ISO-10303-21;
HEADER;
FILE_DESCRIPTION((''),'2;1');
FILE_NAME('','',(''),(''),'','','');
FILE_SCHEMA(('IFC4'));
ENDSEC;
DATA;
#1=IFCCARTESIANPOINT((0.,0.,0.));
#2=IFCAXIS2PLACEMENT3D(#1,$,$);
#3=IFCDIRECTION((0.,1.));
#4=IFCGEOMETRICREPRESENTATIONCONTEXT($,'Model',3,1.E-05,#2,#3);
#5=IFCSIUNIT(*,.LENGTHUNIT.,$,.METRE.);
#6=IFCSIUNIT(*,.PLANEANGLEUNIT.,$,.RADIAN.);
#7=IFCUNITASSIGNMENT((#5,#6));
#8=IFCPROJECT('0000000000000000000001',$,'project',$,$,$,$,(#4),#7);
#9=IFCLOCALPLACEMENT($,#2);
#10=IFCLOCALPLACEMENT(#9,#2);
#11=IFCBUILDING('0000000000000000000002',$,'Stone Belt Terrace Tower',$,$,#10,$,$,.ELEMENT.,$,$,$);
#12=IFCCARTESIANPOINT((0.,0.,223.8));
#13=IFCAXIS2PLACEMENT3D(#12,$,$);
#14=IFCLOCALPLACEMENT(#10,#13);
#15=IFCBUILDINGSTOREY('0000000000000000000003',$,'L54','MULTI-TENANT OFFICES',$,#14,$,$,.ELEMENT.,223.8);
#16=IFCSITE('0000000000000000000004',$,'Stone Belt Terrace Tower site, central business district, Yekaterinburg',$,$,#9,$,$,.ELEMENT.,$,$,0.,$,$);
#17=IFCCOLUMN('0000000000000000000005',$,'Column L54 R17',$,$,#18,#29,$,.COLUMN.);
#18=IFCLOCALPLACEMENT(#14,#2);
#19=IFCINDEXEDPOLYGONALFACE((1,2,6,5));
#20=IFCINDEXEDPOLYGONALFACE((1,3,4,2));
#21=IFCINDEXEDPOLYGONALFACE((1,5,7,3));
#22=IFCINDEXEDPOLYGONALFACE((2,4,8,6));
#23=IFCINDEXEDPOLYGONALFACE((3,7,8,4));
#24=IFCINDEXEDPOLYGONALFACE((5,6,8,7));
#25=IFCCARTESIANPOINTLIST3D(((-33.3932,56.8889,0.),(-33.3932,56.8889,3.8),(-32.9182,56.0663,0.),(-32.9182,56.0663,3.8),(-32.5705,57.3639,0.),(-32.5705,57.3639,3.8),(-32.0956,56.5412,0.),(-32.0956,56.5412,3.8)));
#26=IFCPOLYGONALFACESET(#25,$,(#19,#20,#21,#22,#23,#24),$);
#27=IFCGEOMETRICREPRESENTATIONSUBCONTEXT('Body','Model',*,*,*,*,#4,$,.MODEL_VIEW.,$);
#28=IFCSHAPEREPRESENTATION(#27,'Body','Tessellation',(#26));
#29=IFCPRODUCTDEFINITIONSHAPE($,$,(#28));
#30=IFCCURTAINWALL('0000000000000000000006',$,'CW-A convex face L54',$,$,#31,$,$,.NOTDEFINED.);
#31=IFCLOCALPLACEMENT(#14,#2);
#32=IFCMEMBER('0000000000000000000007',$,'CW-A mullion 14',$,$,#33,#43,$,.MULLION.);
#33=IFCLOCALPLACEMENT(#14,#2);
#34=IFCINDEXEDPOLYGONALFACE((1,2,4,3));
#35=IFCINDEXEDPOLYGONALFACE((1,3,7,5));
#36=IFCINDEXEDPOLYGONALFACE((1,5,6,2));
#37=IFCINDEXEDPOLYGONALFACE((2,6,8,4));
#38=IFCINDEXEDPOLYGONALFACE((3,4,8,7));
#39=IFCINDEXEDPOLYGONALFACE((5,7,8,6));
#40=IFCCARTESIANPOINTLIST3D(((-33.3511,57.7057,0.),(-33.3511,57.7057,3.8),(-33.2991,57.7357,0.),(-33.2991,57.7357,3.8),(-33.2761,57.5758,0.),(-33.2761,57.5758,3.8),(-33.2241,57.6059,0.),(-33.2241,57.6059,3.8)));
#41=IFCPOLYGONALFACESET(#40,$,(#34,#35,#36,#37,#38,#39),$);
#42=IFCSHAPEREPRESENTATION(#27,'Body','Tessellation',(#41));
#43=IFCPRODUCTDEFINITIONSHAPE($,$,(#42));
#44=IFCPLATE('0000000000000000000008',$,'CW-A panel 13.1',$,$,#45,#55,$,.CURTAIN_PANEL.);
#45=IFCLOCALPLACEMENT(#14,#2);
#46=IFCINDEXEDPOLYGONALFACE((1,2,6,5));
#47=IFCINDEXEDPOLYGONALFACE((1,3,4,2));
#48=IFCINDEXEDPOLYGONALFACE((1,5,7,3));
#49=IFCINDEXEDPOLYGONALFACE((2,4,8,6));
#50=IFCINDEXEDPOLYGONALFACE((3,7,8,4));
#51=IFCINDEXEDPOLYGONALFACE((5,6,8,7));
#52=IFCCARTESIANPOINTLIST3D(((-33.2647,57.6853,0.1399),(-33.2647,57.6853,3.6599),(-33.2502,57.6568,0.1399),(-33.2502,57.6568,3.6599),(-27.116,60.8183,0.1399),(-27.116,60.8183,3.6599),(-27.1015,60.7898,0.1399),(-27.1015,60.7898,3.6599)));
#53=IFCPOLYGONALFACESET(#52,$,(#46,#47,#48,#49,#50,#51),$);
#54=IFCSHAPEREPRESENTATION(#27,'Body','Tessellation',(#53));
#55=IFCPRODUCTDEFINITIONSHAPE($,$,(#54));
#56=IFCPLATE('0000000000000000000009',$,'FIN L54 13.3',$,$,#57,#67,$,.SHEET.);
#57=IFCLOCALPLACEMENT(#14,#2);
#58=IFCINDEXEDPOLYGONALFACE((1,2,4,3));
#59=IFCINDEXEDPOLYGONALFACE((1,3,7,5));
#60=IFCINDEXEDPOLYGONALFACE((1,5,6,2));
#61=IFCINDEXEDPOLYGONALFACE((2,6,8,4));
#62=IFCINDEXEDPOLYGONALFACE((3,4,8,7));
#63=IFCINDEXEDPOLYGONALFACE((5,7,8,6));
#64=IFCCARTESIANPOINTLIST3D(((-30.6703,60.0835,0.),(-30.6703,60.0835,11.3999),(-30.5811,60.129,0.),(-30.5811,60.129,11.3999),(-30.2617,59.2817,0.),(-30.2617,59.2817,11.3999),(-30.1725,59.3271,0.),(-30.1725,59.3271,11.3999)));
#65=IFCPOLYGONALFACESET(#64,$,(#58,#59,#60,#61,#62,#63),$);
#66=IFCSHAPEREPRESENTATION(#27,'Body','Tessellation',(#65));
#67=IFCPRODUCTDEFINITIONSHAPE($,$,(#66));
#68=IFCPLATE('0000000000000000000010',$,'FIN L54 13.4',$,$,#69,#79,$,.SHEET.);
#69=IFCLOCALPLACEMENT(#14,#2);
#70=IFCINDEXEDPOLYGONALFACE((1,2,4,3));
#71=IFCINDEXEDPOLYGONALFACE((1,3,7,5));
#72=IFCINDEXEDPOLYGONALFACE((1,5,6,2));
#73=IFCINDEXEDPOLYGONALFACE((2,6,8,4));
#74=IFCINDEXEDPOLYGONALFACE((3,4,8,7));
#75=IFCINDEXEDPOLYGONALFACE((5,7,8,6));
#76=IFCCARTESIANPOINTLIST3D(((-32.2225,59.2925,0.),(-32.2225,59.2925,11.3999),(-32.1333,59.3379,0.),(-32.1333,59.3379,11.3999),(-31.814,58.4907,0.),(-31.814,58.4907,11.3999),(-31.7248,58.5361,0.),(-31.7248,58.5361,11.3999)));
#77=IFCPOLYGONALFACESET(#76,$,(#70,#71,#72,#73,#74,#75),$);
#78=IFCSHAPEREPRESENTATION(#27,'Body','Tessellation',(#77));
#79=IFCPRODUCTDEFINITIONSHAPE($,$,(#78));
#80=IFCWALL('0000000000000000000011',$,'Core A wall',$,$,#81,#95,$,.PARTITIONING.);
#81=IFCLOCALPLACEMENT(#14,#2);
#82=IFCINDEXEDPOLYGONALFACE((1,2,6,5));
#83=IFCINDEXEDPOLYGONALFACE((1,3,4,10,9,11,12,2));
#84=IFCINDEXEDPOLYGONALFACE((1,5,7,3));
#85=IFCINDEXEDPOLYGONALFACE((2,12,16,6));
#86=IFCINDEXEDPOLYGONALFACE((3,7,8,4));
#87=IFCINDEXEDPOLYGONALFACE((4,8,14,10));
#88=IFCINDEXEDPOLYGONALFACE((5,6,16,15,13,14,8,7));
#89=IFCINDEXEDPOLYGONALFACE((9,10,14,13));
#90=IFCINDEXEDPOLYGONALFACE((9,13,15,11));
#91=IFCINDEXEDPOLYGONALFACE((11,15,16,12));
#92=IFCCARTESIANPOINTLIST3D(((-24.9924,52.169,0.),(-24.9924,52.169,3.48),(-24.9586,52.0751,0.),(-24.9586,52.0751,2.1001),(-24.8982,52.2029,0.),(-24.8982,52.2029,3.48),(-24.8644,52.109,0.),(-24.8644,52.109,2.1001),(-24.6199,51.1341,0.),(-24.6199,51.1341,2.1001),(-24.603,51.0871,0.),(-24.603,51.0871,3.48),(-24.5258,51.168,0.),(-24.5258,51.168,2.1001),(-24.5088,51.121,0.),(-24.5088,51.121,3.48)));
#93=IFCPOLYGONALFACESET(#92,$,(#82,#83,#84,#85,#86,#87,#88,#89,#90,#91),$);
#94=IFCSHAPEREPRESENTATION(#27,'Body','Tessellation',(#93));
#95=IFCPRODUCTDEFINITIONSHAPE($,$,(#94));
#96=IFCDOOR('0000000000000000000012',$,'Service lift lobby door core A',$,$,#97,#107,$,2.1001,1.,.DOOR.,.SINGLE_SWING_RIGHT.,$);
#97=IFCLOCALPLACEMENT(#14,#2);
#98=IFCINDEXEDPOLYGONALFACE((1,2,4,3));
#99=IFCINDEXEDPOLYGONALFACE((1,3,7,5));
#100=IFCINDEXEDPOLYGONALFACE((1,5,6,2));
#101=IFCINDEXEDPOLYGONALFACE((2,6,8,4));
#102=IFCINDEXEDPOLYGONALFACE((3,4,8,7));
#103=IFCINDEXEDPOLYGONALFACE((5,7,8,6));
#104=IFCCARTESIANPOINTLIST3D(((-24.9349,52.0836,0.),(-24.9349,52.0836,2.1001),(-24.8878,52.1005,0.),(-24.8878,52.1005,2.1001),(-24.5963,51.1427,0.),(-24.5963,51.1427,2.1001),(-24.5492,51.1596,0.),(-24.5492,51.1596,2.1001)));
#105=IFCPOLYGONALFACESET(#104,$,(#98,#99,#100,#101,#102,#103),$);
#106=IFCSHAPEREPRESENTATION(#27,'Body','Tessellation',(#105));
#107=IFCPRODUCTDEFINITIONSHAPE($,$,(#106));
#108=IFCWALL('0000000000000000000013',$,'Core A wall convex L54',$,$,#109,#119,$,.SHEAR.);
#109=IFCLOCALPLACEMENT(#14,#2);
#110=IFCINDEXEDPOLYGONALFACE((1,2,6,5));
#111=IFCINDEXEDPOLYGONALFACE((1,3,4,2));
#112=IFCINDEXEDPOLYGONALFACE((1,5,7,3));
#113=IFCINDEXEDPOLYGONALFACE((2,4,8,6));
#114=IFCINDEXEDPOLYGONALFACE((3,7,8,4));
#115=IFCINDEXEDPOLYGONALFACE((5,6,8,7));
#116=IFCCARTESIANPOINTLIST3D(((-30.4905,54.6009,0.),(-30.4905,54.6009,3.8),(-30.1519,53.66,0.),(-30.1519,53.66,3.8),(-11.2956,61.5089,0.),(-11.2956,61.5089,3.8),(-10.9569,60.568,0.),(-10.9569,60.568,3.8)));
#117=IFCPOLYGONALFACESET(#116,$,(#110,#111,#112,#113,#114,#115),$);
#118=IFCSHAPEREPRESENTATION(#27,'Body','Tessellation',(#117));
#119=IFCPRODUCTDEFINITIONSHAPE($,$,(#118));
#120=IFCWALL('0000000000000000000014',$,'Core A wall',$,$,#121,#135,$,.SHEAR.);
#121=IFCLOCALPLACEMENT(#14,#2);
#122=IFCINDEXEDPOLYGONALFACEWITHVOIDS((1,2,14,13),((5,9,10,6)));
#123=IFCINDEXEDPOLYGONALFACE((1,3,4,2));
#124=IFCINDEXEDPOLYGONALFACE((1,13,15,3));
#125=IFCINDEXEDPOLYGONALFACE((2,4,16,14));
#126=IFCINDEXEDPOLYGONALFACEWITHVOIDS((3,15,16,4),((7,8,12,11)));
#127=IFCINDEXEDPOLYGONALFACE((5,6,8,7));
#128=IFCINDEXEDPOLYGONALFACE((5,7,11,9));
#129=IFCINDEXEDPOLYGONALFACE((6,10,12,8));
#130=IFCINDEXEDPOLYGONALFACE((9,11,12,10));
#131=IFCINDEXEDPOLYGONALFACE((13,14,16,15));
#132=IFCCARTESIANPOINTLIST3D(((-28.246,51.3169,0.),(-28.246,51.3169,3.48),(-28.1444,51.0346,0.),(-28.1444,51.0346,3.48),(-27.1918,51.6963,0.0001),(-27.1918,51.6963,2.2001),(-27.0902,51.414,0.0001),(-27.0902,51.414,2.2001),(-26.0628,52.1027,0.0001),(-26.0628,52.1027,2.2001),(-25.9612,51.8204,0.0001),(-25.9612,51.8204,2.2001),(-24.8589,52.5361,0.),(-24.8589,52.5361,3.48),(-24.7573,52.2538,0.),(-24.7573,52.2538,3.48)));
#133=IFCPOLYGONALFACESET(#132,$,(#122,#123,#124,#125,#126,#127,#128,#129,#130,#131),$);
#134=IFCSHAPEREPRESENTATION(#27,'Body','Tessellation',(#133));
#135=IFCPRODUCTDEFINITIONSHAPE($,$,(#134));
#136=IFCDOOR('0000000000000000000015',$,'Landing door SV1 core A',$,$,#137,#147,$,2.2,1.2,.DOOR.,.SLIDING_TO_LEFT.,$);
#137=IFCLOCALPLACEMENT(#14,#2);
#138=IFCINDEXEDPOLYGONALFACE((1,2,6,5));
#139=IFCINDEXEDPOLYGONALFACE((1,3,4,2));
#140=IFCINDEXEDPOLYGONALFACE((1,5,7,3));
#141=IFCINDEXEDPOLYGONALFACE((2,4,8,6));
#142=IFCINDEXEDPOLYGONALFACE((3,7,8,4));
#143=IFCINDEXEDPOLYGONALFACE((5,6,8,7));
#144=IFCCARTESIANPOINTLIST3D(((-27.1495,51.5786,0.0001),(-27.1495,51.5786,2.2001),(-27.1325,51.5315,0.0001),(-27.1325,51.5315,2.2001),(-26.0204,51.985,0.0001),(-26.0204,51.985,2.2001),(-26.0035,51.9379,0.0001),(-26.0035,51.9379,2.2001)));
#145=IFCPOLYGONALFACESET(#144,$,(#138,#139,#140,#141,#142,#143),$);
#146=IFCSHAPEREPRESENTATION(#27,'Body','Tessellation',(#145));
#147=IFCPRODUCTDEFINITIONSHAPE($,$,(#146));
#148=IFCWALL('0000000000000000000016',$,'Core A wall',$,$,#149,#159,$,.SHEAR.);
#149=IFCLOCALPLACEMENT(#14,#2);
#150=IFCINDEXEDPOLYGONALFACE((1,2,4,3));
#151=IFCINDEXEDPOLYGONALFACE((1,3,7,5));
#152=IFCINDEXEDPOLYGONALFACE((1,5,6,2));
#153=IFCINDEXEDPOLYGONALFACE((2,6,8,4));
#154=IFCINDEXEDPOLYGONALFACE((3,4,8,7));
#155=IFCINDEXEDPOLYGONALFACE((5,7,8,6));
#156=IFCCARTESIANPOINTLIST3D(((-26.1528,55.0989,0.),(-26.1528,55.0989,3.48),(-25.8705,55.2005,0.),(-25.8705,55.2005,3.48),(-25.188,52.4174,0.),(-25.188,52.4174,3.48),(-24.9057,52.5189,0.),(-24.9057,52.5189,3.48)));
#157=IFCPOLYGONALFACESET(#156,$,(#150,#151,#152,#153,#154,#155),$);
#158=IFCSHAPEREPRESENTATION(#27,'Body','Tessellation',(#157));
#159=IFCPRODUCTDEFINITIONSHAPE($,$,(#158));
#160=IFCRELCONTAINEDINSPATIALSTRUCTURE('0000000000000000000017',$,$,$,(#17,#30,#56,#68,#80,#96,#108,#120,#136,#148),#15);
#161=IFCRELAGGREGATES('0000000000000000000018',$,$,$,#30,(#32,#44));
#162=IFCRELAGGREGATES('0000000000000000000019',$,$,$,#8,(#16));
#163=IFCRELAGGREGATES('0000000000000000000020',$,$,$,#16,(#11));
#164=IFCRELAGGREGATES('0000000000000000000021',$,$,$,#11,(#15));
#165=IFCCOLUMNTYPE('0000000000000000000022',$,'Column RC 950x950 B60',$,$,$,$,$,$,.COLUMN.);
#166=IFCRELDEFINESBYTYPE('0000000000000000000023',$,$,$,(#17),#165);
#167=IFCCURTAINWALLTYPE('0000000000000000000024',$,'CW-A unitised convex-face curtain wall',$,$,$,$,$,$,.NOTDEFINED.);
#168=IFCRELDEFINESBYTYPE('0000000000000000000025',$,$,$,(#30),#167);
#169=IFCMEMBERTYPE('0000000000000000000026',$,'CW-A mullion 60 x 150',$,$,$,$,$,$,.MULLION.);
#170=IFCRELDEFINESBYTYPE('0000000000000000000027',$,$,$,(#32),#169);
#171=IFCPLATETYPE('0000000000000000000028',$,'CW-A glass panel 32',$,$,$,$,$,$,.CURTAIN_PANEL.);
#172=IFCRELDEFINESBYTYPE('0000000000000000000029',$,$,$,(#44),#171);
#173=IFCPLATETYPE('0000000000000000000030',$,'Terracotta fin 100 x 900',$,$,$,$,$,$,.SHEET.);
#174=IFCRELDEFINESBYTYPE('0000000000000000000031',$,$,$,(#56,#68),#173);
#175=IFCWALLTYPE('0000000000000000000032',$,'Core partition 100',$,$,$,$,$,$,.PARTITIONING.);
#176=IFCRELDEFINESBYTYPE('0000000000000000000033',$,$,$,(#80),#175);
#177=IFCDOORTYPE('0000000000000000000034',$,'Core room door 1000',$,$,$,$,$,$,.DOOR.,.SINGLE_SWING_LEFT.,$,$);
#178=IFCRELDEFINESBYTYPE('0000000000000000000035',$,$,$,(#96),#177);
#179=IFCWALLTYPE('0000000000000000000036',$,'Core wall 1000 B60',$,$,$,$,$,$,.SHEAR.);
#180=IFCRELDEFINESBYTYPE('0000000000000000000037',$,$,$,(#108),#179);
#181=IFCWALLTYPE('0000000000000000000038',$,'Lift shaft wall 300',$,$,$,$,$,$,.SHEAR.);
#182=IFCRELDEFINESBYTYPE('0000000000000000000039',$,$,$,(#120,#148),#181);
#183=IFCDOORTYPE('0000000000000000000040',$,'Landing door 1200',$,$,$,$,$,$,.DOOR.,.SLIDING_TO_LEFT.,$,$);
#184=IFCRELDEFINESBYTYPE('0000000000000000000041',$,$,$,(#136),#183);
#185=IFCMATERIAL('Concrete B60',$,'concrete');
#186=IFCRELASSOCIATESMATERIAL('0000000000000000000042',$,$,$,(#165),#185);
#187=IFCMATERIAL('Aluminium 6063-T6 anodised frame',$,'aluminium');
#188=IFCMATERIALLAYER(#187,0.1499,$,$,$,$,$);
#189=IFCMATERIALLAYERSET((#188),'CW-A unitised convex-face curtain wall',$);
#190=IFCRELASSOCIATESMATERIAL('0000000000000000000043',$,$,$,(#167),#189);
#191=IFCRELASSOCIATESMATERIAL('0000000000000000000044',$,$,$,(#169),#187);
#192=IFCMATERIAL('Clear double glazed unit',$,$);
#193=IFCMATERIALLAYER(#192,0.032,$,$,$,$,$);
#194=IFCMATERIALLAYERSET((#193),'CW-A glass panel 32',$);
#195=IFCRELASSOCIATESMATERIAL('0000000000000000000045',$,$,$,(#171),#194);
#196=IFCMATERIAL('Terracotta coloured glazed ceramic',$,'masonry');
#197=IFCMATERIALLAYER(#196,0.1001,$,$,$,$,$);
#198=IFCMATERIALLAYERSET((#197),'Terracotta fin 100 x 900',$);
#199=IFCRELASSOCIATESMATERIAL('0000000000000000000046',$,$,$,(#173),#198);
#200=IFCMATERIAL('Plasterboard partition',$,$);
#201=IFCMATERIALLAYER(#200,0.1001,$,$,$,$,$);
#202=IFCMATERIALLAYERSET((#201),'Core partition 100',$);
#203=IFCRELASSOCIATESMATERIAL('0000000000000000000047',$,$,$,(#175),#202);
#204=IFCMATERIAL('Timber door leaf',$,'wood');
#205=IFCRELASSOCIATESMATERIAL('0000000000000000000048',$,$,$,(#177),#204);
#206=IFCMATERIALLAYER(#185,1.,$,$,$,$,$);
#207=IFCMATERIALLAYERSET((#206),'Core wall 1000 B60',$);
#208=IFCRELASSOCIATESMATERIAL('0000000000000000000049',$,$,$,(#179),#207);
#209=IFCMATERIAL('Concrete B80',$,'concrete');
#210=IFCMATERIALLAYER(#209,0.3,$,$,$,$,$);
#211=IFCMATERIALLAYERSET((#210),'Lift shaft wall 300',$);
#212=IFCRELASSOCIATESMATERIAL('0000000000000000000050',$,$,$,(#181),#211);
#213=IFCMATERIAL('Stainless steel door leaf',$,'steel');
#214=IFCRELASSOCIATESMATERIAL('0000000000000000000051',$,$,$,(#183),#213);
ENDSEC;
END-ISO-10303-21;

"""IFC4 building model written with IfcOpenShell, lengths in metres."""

from ifc_helpers import new_model, si_unit, direction, frame, frame_2d, origin, origin_2d, place, context, subcontext, project, spatial, rectangle, extrude, material, layer, layer_set, material_profile, profile_set, type_object, element, fill, aggregate, save


model = new_model("IFC4")

# Units and contexts
model_context = context("Model", 3, precision=1e-05, world=origin(), true_north=direction((0.0, 1.0)))
body_context = subcontext(model_context, "Body", "Model", "MODEL_VIEW")
ifc_project = project(units=[si_unit("LENGTHUNIT", "METRE"), si_unit("PLANEANGLEUNIT", "RADIAN")], contexts=[model_context])

# Site, building, storey
site_placement = place(None, origin())
site = spatial("IfcSite", under=ifc_project, at=site_placement, Name="Stone Belt Terrace Tower site, central business district, Yekaterinburg", CompositionType="ELEMENT", RefElevation=0.0)
building_placement = place(site_placement, origin())
building = spatial("IfcBuilding", under=site, at=building_placement, Name="Stone Belt Terrace Tower", CompositionType="ELEMENT")
storey_placement = place(building_placement, frame((0.0, 0.0, 223.8)))
storey = spatial("IfcBuildingStorey", under=building, at=storey_placement, Name="L54", Description="MULTI-TENANT OFFICES", CompositionType="ELEMENT", Elevation=223.8)

# Column
ifc_material_1 = material(Name="Concrete B60", Category="concrete")
ifc_material_profile_1 = material_profile(ifc_material_1, rectangle(XDim=0.95, YDim=0.95, at=origin_2d()), Name="RC 950x950")
ifc_profile_set_1 = profile_set([ifc_material_profile_1], Name="Concrete B60")
column_type = type_object("IfcColumnType", Name="Column RC 950x950 B60", PredefinedType="COLUMN", material=ifc_profile_set_1)
column_placement = place(storey_placement, frame((-32.7444, 56.7151, 0.0), z_axis=(0.0, 0.0, 1.0), x_axis=(0.866025, 0.5, 0.0)))
element("IfcColumn", 1, at=column_placement, inside=storey, type_object=column_type, Name="Column L54 R17", PredefinedType="COLUMN", context=body_context, shape_type="SweptSolid", body=[
    extrude(rectangle(XDim=0.95, YDim=0.95, at=origin_2d()), origin(), (0.0, 0.0, 1.0), 3.8),
])

# Curtain wall, member, plate
ifc_material_2 = material(Name="Aluminium 6063-T6 anodised frame", Category="aluminium")
ifc_layer_1 = layer(ifc_material_2, 0.1499)
ifc_layer_set_1 = layer_set([ifc_layer_1], Name="CW-A unitised convex-face curtain wall")
curtain_wall_type = type_object("IfcCurtainWallType", Name="CW-A unitised convex-face curtain wall", PredefinedType="NOTDEFINED", material=ifc_layer_set_1)
curtain_wall_placement = place(storey_placement, origin())
curtain_wall = element("IfcCurtainWall", 2, at=curtain_wall_placement, inside=storey, type_object=curtain_wall_type, Name="CW-A convex face L54", PredefinedType="NOTDEFINED")
ifc_material_profile_2 = material_profile(ifc_material_2, rectangle(XDim=0.1499, YDim=0.0601, at=origin_2d()), Name="Aluminium 6063-T6 60x150")
ifc_profile_set_2 = profile_set([ifc_material_profile_2], Name="Aluminium 6063-T6 anodised frame")
member_type = type_object("IfcMemberType", Name="CW-A mullion 60 x 150", PredefinedType="MULLION", material=ifc_profile_set_2)
member_placement = place(storey_placement, frame((-33.2876, 57.6558, 0.0), z_axis=(0.0, 0.0, 1.0), x_axis=(0.5, -0.866025, 0.0)))
member = element("IfcMember", 3, at=member_placement, type_object=member_type, Name="CW-A mullion 14", PredefinedType="MULLION", context=body_context, shape_type="SweptSolid", body=[
    extrude(rectangle(XDim=0.1499, YDim=0.0601, at=origin_2d()), origin(), (0.0, 0.0, 1.0), 3.8),
])
ifc_material_3 = material(Name="Clear double glazed unit")
ifc_layer_2 = layer(ifc_material_3, 0.032)
ifc_layer_set_2 = layer_set([ifc_layer_2], Name="CW-A glass panel 32")
plate_type_1 = type_object("IfcPlateType", Name="CW-A glass panel 32", PredefinedType="CURTAIN_PANEL", material=ifc_layer_set_2)
plate_placement = place(storey_placement, frame((-30.1831, 59.2375, 0.1399), z_axis=(0.0, 0.0, 1.0), x_axis=(-0.891007, -0.45399, 0.0)))
plate = element("IfcPlate", 4, at=plate_placement, type_object=plate_type_1, Name="CW-A panel 13.1", PredefinedType="CURTAIN_PANEL", context=body_context, shape_type="SweptSolid", body=[
    extrude(rectangle(XDim=6.9009, YDim=0.032, at=origin_2d()), origin(), (0.0, 0.0, 1.0), 3.52),
])
aggregate(curtain_wall, [member, plate])

# Plates
ifc_material_4 = material(Name="Terracotta coloured glazed ceramic", Category="masonry")
ifc_layer_3 = layer(ifc_material_4, 0.1001)
ifc_layer_set_3 = layer_set([ifc_layer_3], Name="Terracotta fin 100 x 900")
plate_type_2 = type_object("IfcPlateType", Name="Terracotta fin 100 x 900", PredefinedType="SHEET", material=ifc_layer_set_3)
for number, where, z_axis, x_axis, name in (
    (5, (-30.4214, 59.7053, 0.0), (0.0, 0.0, 1.0), (-0.45399, 0.891007, 0.0), "FIN L54 13.3"),
    (6, (-31.9736, 58.9143, 0.0), (0.0, 0.0, 1.0), (-0.45399, 0.891007, 0.0), "FIN L54 13.4"),
):
    element("IfcPlate", number, at=place(storey_placement, frame(where, z_axis=z_axis, x_axis=x_axis)), inside=storey, type_object=plate_type_2, Name=name, PredefinedType="SHEET", context=body_context, shape_type="SweptSolid", body=[
        extrude(rectangle(XDim=0.8999, YDim=0.1001, at=origin_2d()), origin(), (0.0, 0.0, 1.0), 11.3999),
    ])

# Wall, opening, door
ifc_material_5 = material(Name="Plasterboard partition")
ifc_layer_4 = layer(ifc_material_5, 0.1001)
ifc_layer_set_4 = layer_set([ifc_layer_4], Name="Core partition 100")
wall_type_1 = type_object("IfcWallType", Name="Core partition 100", PredefinedType="PARTITIONING", material=ifc_layer_set_4)
wall_1_placement = place(storey_placement, frame((-24.5559, 51.104, 0.0), z_axis=(0.0, 0.0, 1.0), x_axis=(-0.338622, 0.940923, 0.0)))
wall_1 = element("IfcWall", 7, at=wall_1_placement, inside=storey, type_object=wall_type_1, Name="Core A wall", PredefinedType="PARTITIONING", context=body_context, shape_type="SweptSolid", body=[
    extrude(rectangle(XDim=1.1499, YDim=0.1001, at=frame_2d((0.575, 0.0))), origin(), (0.0, 0.0, 1.0), 3.48),
])
opening_1_placement = place(wall_1_placement, frame((0.05, 0.0, 0.0)))
opening_1 = element("IfcOpeningElement", 8, at=opening_1_placement, cuts=wall_1, PredefinedType="OPENING", context=body_context, shape_type="SweptSolid", body=[
    extrude(rectangle(XDim=1.0, YDim=2.1001, at=frame_2d((0.5, 1.05))), frame((0.0, 0.0601, 0.0), z_axis=(0.0, -1.0, 0.0), x_axis=(1.0, 0.0, 0.0)), (0.0, 0.0, 1.0), 0.1201),
])
ifc_material_6 = material(Name="Timber door leaf", Category="wood")
door_type_1 = type_object("IfcDoorType", Name="Core room door 1000", OperationType="SINGLE_SWING_LEFT", PredefinedType="DOOR", material=ifc_material_6)
door_1_placement = place(opening_1_placement, origin())
door_1 = element("IfcDoor", 9, at=door_1_placement, inside=storey, type_object=door_type_1, Name="Service lift lobby door core A", OperationType="SINGLE_SWING_RIGHT", OverallHeight=2.1001, OverallWidth=1.0, PredefinedType="DOOR", context=body_context, shape_type="SweptSolid", body=[
    extrude(rectangle(XDim=1.0, YDim=2.1001, at=frame_2d((0.5, 1.05))), frame((0.0, 0.0249, 0.0), z_axis=(0.0, -1.0, 0.0), x_axis=(1.0, 0.0, 0.0)), (0.0, 0.0, 1.0), 0.05),
])
fill(opening_1, door_1)

# Wall
ifc_layer_5 = layer(ifc_material_1, 1.0)
ifc_layer_set_5 = layer_set([ifc_layer_5], Name="Core wall 1000 B60")
wall_type_2 = type_object("IfcWallType", Name="Core wall 1000 B60", PredefinedType="SHEAR", material=ifc_layer_set_5)
wall_2_placement = place(storey_placement, frame((-30.3213, 54.1304, 0.0), z_axis=(0.0, 0.0, 1.0), x_axis=(0.940921, 0.338625, 0.0)))
element("IfcWall", 10, at=wall_2_placement, inside=storey, type_object=wall_type_2, Name="Core A wall convex L54", PredefinedType="SHEAR", context=body_context, shape_type="SweptSolid", body=[
    extrude(rectangle(XDim=20.4001, YDim=1.0, at=frame_2d((10.2002, 0.0))), origin(), (0.0, 0.0, 1.0), 3.8),
])

# Wall, opening, door
ifc_material_7 = material(Name="Concrete B80", Category="concrete")
ifc_layer_6 = layer(ifc_material_7, 0.3)
ifc_layer_set_6 = layer_set([ifc_layer_6], Name="Lift shaft wall 300")
wall_type_3 = type_object("IfcWallType", Name="Lift shaft wall 300", PredefinedType="SHEAR", material=ifc_layer_set_6)
wall_3_placement = place(storey_placement, frame((-28.1951, 51.1758, 0.0), z_axis=(0.0, 0.0, 1.0), x_axis=(0.940901, 0.338681, 0.0)))
wall_3 = element("IfcWall", 11, at=wall_3_placement, inside=storey, type_object=wall_type_3, Name="Core A wall", PredefinedType="SHEAR", context=body_context, shape_type="SweptSolid", body=[
    extrude(rectangle(XDim=3.5999, YDim=0.3, at=frame_2d((1.7998, 0.0))), origin(), (0.0, 0.0, 1.0), 3.48),
])
opening_2_placement = place(wall_3_placement, frame((1.1201, 0.0, 0.0)))
opening_2 = element("IfcOpeningElement", 12, at=opening_2_placement, cuts=wall_3, PredefinedType="OPENING", context=body_context, shape_type="SweptSolid", body=[
    extrude(rectangle(XDim=1.2, YDim=2.2, at=frame_2d((0.6001, 1.1001))), frame((0.0, 0.1599, 0.0), z_axis=(0.0, -1.0, 0.0), x_axis=(1.0, 0.0, 0.0)), (0.0, 0.0, 1.0), 0.3201),
])
ifc_material_8 = material(Name="Stainless steel door leaf", Category="steel")
door_type_2 = type_object("IfcDoorType", Name="Landing door 1200", OperationType="SLIDING_TO_LEFT", PredefinedType="DOOR", material=ifc_material_8)
door_2_placement = place(opening_2_placement, origin())
door_2 = element("IfcDoor", 13, at=door_2_placement, inside=storey, type_object=door_type_2, Name="Landing door SV1 core A", OperationType="SLIDING_TO_LEFT", OverallHeight=2.2, OverallWidth=1.2, PredefinedType="DOOR", context=body_context, shape_type="SweptSolid", body=[
    extrude(rectangle(XDim=1.2, YDim=2.2, at=frame_2d((0.6001, 1.1001))), frame((0.0, 0.0249, 0.0), z_axis=(0.0, -1.0, 0.0), x_axis=(1.0, 0.0, 0.0)), (0.0, 0.0, 1.0), 0.05),
])
fill(opening_2, door_2)

# Wall
wall_4_placement = place(storey_placement, frame((-25.0469, 52.4683, 0.0), z_axis=(0.0, 0.0, 1.0), x_axis=(-0.33855, 0.940949, 0.0)))
element("IfcWall", 14, at=wall_4_placement, inside=storey, type_object=wall_type_3, Name="Core A wall", PredefinedType="SHEAR", context=body_context, shape_type="SweptSolid", body=[
    extrude(rectangle(XDim=2.8499, YDim=0.3, at=frame_2d((1.4248, 0.0))), origin(), (0.0, 0.0, 1.0), 3.48),
])

save(model, "model.ifc")
